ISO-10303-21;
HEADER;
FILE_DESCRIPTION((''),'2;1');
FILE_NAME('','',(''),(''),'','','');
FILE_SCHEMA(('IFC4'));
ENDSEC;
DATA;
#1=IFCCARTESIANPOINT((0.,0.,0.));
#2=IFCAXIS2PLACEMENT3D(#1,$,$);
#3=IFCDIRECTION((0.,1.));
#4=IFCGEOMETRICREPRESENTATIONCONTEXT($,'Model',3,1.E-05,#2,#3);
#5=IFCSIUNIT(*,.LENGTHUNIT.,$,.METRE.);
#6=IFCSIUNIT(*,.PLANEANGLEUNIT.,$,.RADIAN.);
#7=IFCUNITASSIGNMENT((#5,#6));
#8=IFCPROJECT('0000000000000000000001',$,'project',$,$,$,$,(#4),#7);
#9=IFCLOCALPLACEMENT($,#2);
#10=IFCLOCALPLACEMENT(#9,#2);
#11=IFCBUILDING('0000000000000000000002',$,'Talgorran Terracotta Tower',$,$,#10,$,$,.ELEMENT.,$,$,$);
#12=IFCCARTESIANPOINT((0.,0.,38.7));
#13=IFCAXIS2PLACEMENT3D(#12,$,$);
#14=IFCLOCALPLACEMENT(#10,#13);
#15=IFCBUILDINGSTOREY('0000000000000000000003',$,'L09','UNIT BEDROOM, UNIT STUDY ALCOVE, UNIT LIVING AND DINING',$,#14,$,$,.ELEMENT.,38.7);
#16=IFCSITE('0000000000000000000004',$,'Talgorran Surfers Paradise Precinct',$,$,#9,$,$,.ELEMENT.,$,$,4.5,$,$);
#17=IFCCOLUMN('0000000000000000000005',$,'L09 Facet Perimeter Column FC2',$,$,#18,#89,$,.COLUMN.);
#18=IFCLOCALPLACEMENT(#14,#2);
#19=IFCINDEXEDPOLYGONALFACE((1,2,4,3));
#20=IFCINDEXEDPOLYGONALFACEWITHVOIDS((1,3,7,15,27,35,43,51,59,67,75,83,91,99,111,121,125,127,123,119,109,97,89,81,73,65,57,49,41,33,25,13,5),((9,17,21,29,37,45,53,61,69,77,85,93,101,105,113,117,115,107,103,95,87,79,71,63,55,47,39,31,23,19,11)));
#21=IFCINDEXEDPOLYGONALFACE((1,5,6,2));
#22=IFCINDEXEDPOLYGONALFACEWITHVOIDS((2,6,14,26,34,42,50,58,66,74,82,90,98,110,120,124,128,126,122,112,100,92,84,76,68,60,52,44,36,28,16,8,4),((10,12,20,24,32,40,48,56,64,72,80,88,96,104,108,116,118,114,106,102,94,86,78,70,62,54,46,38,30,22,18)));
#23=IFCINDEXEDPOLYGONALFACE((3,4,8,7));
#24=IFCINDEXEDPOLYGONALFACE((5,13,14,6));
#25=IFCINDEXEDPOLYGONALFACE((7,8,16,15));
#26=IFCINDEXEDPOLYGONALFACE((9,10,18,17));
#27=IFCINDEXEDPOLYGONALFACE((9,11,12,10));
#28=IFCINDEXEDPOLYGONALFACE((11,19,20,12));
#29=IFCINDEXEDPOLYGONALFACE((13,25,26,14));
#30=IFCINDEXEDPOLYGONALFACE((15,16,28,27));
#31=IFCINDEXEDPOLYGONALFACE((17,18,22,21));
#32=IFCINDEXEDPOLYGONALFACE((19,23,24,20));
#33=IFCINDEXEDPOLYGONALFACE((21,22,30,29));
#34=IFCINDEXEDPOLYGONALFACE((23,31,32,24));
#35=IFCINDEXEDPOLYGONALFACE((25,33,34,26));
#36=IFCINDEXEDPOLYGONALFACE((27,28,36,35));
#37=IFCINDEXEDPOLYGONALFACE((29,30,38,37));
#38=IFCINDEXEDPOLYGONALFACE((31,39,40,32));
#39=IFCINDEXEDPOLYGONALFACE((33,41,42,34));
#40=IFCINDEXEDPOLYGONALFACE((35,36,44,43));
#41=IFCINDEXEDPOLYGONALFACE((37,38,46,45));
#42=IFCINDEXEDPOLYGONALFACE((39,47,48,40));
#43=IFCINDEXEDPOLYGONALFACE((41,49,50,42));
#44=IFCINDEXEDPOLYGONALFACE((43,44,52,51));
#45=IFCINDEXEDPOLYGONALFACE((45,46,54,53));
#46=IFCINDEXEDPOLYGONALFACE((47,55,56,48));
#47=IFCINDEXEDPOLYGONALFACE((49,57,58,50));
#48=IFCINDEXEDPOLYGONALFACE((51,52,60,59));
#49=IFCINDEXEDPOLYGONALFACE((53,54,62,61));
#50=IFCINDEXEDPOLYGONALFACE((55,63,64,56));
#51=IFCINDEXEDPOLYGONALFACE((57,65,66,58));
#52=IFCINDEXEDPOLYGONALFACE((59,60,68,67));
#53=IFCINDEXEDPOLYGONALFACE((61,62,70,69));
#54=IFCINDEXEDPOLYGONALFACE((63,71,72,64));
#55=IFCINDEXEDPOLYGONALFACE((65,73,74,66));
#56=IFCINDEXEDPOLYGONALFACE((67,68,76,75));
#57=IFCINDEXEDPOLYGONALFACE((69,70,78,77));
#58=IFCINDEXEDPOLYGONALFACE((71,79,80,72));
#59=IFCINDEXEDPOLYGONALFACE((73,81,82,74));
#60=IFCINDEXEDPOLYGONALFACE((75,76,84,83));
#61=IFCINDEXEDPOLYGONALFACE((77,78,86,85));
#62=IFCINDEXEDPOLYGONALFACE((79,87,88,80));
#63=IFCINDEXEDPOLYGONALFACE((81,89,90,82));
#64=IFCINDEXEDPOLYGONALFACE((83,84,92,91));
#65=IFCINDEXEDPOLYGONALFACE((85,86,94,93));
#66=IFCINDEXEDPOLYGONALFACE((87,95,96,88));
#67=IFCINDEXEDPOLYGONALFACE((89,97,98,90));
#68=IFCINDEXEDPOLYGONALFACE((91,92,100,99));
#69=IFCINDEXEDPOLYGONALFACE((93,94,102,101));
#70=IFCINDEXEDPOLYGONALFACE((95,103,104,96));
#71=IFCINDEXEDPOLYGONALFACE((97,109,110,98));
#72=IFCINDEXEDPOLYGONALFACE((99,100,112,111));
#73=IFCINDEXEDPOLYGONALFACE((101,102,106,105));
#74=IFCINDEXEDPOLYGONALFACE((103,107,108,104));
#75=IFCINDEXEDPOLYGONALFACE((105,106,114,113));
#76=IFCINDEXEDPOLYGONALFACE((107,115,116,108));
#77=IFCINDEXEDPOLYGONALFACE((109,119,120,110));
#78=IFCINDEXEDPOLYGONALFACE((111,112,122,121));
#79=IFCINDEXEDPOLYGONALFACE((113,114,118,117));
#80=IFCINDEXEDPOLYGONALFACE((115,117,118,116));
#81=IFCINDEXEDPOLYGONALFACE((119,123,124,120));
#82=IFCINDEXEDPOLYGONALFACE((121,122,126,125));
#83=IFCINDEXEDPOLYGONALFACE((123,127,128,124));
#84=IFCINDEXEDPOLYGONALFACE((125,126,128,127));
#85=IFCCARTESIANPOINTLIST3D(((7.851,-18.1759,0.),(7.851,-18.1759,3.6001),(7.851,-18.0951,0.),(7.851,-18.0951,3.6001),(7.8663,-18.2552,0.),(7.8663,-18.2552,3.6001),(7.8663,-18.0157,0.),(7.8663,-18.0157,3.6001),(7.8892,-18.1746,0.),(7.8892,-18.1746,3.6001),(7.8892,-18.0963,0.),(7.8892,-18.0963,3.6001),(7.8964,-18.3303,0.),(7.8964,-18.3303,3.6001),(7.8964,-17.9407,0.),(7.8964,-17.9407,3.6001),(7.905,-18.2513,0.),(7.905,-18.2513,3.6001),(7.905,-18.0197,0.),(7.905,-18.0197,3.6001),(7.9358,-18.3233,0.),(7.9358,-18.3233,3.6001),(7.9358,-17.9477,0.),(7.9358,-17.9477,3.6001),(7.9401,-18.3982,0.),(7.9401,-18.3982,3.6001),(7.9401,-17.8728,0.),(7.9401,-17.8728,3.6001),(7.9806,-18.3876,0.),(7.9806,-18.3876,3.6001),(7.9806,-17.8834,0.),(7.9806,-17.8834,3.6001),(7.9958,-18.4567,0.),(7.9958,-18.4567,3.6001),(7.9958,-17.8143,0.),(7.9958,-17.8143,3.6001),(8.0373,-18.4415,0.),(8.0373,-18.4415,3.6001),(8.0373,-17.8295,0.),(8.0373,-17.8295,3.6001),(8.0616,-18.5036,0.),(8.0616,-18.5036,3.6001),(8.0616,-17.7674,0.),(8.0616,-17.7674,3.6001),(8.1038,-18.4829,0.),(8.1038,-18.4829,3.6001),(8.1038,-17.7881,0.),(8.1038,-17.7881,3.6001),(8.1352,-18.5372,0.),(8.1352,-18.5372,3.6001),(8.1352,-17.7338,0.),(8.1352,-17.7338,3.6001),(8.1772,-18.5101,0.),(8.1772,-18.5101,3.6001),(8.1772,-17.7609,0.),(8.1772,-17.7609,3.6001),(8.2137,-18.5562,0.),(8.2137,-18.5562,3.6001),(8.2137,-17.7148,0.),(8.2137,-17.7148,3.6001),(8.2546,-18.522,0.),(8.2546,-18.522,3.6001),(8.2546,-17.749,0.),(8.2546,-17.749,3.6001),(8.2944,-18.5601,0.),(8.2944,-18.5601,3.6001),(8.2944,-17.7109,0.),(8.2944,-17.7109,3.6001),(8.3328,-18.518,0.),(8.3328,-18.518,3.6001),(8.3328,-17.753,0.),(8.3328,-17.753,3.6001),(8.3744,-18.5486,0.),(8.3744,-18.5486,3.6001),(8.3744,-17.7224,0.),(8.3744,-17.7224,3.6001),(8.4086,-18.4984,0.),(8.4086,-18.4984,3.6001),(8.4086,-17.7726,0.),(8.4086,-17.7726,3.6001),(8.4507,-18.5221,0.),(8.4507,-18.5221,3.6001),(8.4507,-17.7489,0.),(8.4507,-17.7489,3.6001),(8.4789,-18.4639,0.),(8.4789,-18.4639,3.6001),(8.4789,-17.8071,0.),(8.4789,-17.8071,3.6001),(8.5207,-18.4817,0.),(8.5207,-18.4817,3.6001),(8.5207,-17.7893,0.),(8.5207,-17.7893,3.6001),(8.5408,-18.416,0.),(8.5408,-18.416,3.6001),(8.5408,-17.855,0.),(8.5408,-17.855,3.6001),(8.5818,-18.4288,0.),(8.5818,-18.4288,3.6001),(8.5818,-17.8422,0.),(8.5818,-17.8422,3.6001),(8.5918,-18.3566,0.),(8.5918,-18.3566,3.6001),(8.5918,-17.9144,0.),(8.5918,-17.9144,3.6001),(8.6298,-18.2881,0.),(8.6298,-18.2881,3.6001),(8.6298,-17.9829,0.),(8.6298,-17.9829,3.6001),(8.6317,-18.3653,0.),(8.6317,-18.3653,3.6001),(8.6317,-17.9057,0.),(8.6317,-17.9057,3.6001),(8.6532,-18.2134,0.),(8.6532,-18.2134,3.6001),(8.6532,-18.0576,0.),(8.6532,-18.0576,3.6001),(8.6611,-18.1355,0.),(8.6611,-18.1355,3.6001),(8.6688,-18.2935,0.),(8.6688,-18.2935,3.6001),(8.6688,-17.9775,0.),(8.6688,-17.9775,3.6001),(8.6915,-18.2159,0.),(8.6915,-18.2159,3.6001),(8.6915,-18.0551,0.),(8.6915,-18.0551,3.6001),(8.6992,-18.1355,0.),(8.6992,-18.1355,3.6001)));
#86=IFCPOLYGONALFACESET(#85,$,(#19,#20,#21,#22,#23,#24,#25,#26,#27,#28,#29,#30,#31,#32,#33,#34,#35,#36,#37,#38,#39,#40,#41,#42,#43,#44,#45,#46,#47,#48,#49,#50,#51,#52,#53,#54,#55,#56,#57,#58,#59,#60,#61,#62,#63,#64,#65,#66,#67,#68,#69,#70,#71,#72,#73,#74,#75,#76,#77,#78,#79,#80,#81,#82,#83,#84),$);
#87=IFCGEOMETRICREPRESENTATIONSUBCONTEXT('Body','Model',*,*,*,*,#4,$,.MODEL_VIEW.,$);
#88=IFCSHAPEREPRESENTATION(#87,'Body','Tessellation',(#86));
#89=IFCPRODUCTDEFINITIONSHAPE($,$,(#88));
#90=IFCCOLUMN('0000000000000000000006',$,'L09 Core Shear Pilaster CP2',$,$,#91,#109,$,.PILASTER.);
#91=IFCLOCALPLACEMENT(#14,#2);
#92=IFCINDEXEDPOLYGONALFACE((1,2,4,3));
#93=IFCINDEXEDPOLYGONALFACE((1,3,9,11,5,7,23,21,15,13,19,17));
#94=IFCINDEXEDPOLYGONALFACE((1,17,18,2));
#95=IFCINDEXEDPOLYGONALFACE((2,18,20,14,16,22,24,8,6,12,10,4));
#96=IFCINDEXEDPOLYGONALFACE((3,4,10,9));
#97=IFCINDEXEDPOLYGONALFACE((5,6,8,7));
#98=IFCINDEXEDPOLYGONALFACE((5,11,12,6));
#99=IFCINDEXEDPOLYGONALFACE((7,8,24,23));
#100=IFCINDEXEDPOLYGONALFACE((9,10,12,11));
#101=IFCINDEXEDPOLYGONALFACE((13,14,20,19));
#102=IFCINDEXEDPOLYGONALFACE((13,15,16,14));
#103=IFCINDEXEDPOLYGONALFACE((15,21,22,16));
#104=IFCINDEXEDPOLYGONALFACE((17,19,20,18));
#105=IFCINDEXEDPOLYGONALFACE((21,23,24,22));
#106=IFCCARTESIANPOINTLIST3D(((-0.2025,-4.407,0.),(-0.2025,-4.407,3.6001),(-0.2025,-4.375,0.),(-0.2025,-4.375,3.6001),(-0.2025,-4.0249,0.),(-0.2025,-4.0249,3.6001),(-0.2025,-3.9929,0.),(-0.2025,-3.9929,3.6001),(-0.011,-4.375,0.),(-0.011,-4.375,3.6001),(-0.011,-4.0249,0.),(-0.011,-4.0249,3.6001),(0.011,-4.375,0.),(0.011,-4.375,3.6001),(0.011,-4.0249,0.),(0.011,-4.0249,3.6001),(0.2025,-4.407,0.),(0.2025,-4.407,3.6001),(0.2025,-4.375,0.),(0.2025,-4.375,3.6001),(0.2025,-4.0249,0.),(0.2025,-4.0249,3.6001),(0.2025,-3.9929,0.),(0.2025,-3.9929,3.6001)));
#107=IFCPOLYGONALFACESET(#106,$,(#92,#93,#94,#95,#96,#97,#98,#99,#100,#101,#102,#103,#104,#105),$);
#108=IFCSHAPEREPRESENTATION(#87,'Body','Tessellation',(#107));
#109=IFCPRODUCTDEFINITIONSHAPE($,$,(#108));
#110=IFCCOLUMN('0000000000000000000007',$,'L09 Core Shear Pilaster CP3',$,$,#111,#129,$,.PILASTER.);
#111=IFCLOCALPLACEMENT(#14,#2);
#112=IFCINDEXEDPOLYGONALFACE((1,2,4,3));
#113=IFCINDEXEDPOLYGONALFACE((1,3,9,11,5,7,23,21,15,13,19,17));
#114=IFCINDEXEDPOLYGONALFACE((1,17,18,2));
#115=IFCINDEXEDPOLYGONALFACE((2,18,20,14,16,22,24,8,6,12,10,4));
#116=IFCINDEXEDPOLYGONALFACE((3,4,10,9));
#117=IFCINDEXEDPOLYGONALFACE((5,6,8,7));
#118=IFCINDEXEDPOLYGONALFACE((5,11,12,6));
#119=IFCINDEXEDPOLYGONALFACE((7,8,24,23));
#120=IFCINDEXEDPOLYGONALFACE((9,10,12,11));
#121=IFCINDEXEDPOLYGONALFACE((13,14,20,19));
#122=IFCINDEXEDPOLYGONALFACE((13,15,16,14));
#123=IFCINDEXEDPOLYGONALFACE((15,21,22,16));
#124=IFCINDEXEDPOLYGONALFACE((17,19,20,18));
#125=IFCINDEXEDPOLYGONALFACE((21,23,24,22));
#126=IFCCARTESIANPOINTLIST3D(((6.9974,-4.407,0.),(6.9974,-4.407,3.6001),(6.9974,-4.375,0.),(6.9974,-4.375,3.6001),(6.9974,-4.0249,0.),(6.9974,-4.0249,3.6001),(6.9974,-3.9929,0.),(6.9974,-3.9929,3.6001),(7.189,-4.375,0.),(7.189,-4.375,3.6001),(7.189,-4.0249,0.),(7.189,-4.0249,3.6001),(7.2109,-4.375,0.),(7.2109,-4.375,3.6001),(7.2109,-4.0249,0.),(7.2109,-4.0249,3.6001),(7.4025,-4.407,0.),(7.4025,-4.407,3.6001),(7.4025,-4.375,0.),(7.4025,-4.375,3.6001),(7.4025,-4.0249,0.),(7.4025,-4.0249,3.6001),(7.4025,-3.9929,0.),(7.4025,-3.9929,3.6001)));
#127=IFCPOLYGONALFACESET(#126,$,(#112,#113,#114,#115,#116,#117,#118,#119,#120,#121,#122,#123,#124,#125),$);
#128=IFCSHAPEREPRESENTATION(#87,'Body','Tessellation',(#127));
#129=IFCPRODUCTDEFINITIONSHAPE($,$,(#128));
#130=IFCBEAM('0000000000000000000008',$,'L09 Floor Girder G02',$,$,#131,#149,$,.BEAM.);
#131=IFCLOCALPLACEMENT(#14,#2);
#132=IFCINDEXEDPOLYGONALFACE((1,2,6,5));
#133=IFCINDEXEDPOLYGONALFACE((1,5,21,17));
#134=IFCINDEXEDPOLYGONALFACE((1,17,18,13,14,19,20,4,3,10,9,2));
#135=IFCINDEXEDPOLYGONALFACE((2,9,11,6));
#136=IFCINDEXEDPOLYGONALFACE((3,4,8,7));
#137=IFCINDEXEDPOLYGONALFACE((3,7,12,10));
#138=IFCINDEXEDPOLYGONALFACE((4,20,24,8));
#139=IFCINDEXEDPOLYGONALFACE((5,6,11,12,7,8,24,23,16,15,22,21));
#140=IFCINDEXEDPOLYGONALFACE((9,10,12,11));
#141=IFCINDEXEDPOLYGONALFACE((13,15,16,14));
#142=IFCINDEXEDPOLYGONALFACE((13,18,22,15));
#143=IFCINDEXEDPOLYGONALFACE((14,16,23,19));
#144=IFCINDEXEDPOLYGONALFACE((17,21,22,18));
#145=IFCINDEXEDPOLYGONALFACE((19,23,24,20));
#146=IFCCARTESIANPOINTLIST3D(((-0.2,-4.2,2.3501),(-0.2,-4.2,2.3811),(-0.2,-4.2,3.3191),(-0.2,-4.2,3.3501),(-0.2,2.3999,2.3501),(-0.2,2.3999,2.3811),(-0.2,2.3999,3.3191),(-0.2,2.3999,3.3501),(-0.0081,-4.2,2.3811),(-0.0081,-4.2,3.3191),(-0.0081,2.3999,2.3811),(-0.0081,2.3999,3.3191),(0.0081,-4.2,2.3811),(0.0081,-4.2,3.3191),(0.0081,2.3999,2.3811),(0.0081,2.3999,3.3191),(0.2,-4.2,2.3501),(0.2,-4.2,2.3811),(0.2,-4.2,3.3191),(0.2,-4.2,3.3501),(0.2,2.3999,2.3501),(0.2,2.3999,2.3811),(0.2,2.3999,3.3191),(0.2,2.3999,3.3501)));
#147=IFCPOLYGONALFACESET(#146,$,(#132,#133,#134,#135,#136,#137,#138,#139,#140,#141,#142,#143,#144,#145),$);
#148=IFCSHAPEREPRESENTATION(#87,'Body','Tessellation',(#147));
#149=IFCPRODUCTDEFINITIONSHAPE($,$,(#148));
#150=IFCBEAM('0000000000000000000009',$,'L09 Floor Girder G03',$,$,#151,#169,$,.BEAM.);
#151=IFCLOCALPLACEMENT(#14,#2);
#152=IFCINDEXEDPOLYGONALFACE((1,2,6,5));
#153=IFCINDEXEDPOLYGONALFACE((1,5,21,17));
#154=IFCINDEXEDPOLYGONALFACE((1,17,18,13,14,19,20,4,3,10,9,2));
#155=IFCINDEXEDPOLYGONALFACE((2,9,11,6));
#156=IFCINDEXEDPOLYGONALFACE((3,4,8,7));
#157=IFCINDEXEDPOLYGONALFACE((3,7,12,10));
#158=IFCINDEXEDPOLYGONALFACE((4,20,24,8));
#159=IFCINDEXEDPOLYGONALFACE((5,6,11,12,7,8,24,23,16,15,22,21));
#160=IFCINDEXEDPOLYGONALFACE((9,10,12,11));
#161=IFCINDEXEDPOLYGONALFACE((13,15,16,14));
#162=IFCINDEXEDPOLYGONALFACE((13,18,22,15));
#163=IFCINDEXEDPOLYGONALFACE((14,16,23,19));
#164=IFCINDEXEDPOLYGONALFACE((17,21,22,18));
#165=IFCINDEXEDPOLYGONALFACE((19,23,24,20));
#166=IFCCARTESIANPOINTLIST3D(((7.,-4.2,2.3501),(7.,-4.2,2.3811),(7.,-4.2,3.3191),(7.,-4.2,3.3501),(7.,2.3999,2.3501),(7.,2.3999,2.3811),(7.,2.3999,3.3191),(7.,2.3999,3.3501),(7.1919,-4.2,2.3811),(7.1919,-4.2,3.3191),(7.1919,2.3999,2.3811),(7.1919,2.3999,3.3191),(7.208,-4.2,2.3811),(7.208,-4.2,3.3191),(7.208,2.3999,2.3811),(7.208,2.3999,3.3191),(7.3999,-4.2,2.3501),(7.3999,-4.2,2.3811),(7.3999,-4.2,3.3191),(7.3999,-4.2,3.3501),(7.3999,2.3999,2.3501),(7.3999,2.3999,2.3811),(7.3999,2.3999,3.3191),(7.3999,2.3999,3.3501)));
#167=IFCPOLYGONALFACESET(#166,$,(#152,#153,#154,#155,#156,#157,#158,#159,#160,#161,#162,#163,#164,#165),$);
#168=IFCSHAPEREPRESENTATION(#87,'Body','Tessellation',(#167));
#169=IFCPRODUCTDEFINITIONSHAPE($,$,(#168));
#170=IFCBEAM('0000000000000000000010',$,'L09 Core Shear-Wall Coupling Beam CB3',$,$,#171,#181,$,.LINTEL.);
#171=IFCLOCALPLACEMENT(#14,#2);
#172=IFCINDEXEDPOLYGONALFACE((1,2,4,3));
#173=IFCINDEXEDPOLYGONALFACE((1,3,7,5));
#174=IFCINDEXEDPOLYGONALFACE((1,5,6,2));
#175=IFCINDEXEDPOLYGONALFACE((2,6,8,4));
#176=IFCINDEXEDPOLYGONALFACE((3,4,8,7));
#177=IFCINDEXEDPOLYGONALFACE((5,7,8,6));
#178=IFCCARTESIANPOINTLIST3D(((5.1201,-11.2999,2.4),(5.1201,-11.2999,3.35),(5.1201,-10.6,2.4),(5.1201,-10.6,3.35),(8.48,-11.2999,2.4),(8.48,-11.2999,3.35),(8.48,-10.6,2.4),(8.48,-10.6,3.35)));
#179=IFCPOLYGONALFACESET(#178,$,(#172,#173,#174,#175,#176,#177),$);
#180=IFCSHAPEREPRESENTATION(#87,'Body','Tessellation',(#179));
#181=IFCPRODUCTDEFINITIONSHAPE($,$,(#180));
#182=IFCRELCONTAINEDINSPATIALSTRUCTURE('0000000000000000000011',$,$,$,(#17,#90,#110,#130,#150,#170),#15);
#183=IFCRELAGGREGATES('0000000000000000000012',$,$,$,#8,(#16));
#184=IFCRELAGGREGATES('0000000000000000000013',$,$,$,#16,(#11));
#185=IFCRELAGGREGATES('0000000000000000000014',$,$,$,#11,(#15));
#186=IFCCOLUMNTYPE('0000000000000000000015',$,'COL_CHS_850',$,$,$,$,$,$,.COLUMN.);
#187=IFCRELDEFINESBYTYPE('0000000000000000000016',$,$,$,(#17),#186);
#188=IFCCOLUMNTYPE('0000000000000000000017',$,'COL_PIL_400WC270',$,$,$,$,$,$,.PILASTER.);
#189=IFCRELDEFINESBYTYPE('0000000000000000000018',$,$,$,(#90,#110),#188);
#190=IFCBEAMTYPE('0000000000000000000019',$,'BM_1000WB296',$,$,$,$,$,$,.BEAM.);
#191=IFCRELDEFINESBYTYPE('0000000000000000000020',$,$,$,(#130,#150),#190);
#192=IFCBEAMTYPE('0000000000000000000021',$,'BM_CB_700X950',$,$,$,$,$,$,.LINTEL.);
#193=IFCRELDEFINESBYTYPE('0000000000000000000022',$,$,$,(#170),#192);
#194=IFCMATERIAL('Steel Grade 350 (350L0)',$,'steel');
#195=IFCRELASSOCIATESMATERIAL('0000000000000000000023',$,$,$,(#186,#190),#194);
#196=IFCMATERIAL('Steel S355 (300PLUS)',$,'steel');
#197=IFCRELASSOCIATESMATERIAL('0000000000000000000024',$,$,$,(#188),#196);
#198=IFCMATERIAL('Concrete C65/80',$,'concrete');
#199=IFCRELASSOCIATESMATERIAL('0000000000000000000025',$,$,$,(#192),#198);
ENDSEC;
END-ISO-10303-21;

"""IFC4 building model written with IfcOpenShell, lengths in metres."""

from ifc_helpers import new_model, si_unit, direction, frame, origin, origin_2d, place, context, subcontext, project, spatial, rectangle, hollow_circle, i_section, extrude, material, material_profile, profile_set, type_object, element, save


model = new_model("IFC4")

# Units and contexts
model_context = context("Model", 3, precision=1e-05, world=origin(), true_north=direction((0.0, 1.0)))
body_context = subcontext(model_context, "Body", "Model", "MODEL_VIEW")
ifc_project = project(units=[si_unit("LENGTHUNIT", "METRE"), si_unit("PLANEANGLEUNIT", "RADIAN")], contexts=[model_context])

# Site, building, storey
site_placement = place(None, origin())
site = spatial("IfcSite", under=ifc_project, at=site_placement, Name="Talgorran Surfers Paradise Precinct", CompositionType="ELEMENT", RefElevation=4.5)
building_placement = place(site_placement, origin())
building = spatial("IfcBuilding", under=site, at=building_placement, Name="Talgorran Terracotta Tower", CompositionType="ELEMENT")
storey_placement = place(building_placement, frame((0.0, 0.0, 38.7)))
storey = spatial("IfcBuildingStorey", under=building, at=storey_placement, Name="L09", Description="UNIT BEDROOM, UNIT STUDY ALCOVE, UNIT LIVING AND DINING", CompositionType="ELEMENT", Elevation=38.7)

# Columns
ifc_material_1 = material(Name="Steel Grade 350 (350L0)", Category="steel")
ifc_material_profile_1 = material_profile(ifc_material_1, hollow_circle(Radius=0.425, WallThickness=0.0381, at=origin_2d()), Name="CHS850X38")
ifc_profile_set_1 = profile_set([ifc_material_profile_1], Name="Steel Grade 350 (350L0)")
column_type_1 = type_object("IfcColumnType", Name="COL_CHS_850", PredefinedType="COLUMN", material=ifc_profile_set_1)
column_placement = place(storey_placement, frame((8.2742, -18.1355, 0.0), z_axis=(0.0, 0.0, 1.0), x_axis=(1.0, 0.0, 0.0)))
element("IfcColumn", 1, at=column_placement, inside=storey, type_object=column_type_1, Name="L09 Facet Perimeter Column FC2", PredefinedType="COLUMN", context=body_context, shape_type="SweptSolid", body=[
    extrude(hollow_circle(Radius=0.425, WallThickness=0.0381, at=origin_2d()), origin(), (0.0, 0.0, 1.0), 3.6001),
])
ifc_material_2 = material(Name="Steel S355 (300PLUS)", Category="steel")
ifc_material_profile_2 = material_profile(ifc_material_2, i_section(OverallWidth=0.405, OverallDepth=0.4141, WebThickness=0.022, FlangeThickness=0.032, at=origin_2d()), Name="400WC270")
ifc_profile_set_2 = profile_set([ifc_material_profile_2], Name="Steel S355 (300PLUS)")
column_type_2 = type_object("IfcColumnType", Name="COL_PIL_400WC270", PredefinedType="PILASTER", material=ifc_profile_set_2)
for number, where, z_axis, x_axis, name in (
    (2, (0.0, -4.2, 0.0), (0.0, 0.0, 1.0), (1.0, 0.0, 0.0), "L09 Core Shear Pilaster CP2"),
    (3, (7.2, -4.2, 0.0), (0.0, 0.0, 1.0), (1.0, 0.0, 0.0), "L09 Core Shear Pilaster CP3"),
):
    element("IfcColumn", number, at=place(storey_placement, frame(where, z_axis=z_axis, x_axis=x_axis)), inside=storey, type_object=column_type_2, Name=name, PredefinedType="PILASTER", context=body_context, shape_type="SweptSolid", body=[
        extrude(i_section(OverallWidth=0.405, OverallDepth=0.4141, WebThickness=0.022, FlangeThickness=0.032, at=origin_2d()), origin(), (0.0, 0.0, 1.0), 3.6001),
    ])

# Beams
ifc_material_profile_3 = material_profile(ifc_material_1, i_section(OverallWidth=0.3999, OverallDepth=1.0, WebThickness=0.0161, FlangeThickness=0.031, at=origin_2d()), Name="1000WB296")
ifc_profile_set_3 = profile_set([ifc_material_profile_3], Name="Steel Grade 350 (350L0)")
beam_type_1 = type_object("IfcBeamType", Name="BM_1000WB296", PredefinedType="BEAM", material=ifc_profile_set_3)
for number, where, z_axis, x_axis, name in (
    (4, (0.0, -4.2, 2.8501), (0.0, 1.0, 0.0), (-1.0, 0.0, 0.0), "L09 Floor Girder G02"),
    (5, (7.2, -4.2, 2.8501), (0.0, 1.0, 0.0), (-1.0, 0.0, 0.0), "L09 Floor Girder G03"),
):
    element("IfcBeam", number, at=place(storey_placement, frame(where, z_axis=z_axis, x_axis=x_axis)), inside=storey, type_object=beam_type_1, Name=name, PredefinedType="BEAM", context=body_context, shape_type="SweptSolid", body=[
        extrude(i_section(OverallWidth=0.3999, OverallDepth=1.0, WebThickness=0.0161, FlangeThickness=0.031, at=origin_2d()), origin(), (0.0, 0.0, 1.0), 6.5999),
    ])
ifc_material_3 = material(Name="Concrete C65/80", Category="concrete")
ifc_material_profile_4 = material_profile(ifc_material_3, rectangle(XDim=0.7, YDim=0.95, at=origin_2d()), Name="RCCB700X950")
ifc_profile_set_4 = profile_set([ifc_material_profile_4], Name="Concrete C65/80")
beam_type_2 = type_object("IfcBeamType", Name="BM_CB_700X950", PredefinedType="LINTEL", material=ifc_profile_set_4)
beam_1_placement = place(storey_placement, frame((5.1201, -10.95, 2.875), z_axis=(1.0, 0.0, 0.0), x_axis=(0.0, 1.0, 0.0)))
element("IfcBeam", 6, at=beam_1_placement, inside=storey, type_object=beam_type_2, Name="L09 Core Shear-Wall Coupling Beam CB3", PredefinedType="LINTEL", context=body_context, shape_type="SweptSolid", body=[
    extrude(rectangle(XDim=0.7, YDim=0.95, at=origin_2d()), origin(), (0.0, 0.0, 1.0), 3.3599),
])

save(model, "model.ifc")
